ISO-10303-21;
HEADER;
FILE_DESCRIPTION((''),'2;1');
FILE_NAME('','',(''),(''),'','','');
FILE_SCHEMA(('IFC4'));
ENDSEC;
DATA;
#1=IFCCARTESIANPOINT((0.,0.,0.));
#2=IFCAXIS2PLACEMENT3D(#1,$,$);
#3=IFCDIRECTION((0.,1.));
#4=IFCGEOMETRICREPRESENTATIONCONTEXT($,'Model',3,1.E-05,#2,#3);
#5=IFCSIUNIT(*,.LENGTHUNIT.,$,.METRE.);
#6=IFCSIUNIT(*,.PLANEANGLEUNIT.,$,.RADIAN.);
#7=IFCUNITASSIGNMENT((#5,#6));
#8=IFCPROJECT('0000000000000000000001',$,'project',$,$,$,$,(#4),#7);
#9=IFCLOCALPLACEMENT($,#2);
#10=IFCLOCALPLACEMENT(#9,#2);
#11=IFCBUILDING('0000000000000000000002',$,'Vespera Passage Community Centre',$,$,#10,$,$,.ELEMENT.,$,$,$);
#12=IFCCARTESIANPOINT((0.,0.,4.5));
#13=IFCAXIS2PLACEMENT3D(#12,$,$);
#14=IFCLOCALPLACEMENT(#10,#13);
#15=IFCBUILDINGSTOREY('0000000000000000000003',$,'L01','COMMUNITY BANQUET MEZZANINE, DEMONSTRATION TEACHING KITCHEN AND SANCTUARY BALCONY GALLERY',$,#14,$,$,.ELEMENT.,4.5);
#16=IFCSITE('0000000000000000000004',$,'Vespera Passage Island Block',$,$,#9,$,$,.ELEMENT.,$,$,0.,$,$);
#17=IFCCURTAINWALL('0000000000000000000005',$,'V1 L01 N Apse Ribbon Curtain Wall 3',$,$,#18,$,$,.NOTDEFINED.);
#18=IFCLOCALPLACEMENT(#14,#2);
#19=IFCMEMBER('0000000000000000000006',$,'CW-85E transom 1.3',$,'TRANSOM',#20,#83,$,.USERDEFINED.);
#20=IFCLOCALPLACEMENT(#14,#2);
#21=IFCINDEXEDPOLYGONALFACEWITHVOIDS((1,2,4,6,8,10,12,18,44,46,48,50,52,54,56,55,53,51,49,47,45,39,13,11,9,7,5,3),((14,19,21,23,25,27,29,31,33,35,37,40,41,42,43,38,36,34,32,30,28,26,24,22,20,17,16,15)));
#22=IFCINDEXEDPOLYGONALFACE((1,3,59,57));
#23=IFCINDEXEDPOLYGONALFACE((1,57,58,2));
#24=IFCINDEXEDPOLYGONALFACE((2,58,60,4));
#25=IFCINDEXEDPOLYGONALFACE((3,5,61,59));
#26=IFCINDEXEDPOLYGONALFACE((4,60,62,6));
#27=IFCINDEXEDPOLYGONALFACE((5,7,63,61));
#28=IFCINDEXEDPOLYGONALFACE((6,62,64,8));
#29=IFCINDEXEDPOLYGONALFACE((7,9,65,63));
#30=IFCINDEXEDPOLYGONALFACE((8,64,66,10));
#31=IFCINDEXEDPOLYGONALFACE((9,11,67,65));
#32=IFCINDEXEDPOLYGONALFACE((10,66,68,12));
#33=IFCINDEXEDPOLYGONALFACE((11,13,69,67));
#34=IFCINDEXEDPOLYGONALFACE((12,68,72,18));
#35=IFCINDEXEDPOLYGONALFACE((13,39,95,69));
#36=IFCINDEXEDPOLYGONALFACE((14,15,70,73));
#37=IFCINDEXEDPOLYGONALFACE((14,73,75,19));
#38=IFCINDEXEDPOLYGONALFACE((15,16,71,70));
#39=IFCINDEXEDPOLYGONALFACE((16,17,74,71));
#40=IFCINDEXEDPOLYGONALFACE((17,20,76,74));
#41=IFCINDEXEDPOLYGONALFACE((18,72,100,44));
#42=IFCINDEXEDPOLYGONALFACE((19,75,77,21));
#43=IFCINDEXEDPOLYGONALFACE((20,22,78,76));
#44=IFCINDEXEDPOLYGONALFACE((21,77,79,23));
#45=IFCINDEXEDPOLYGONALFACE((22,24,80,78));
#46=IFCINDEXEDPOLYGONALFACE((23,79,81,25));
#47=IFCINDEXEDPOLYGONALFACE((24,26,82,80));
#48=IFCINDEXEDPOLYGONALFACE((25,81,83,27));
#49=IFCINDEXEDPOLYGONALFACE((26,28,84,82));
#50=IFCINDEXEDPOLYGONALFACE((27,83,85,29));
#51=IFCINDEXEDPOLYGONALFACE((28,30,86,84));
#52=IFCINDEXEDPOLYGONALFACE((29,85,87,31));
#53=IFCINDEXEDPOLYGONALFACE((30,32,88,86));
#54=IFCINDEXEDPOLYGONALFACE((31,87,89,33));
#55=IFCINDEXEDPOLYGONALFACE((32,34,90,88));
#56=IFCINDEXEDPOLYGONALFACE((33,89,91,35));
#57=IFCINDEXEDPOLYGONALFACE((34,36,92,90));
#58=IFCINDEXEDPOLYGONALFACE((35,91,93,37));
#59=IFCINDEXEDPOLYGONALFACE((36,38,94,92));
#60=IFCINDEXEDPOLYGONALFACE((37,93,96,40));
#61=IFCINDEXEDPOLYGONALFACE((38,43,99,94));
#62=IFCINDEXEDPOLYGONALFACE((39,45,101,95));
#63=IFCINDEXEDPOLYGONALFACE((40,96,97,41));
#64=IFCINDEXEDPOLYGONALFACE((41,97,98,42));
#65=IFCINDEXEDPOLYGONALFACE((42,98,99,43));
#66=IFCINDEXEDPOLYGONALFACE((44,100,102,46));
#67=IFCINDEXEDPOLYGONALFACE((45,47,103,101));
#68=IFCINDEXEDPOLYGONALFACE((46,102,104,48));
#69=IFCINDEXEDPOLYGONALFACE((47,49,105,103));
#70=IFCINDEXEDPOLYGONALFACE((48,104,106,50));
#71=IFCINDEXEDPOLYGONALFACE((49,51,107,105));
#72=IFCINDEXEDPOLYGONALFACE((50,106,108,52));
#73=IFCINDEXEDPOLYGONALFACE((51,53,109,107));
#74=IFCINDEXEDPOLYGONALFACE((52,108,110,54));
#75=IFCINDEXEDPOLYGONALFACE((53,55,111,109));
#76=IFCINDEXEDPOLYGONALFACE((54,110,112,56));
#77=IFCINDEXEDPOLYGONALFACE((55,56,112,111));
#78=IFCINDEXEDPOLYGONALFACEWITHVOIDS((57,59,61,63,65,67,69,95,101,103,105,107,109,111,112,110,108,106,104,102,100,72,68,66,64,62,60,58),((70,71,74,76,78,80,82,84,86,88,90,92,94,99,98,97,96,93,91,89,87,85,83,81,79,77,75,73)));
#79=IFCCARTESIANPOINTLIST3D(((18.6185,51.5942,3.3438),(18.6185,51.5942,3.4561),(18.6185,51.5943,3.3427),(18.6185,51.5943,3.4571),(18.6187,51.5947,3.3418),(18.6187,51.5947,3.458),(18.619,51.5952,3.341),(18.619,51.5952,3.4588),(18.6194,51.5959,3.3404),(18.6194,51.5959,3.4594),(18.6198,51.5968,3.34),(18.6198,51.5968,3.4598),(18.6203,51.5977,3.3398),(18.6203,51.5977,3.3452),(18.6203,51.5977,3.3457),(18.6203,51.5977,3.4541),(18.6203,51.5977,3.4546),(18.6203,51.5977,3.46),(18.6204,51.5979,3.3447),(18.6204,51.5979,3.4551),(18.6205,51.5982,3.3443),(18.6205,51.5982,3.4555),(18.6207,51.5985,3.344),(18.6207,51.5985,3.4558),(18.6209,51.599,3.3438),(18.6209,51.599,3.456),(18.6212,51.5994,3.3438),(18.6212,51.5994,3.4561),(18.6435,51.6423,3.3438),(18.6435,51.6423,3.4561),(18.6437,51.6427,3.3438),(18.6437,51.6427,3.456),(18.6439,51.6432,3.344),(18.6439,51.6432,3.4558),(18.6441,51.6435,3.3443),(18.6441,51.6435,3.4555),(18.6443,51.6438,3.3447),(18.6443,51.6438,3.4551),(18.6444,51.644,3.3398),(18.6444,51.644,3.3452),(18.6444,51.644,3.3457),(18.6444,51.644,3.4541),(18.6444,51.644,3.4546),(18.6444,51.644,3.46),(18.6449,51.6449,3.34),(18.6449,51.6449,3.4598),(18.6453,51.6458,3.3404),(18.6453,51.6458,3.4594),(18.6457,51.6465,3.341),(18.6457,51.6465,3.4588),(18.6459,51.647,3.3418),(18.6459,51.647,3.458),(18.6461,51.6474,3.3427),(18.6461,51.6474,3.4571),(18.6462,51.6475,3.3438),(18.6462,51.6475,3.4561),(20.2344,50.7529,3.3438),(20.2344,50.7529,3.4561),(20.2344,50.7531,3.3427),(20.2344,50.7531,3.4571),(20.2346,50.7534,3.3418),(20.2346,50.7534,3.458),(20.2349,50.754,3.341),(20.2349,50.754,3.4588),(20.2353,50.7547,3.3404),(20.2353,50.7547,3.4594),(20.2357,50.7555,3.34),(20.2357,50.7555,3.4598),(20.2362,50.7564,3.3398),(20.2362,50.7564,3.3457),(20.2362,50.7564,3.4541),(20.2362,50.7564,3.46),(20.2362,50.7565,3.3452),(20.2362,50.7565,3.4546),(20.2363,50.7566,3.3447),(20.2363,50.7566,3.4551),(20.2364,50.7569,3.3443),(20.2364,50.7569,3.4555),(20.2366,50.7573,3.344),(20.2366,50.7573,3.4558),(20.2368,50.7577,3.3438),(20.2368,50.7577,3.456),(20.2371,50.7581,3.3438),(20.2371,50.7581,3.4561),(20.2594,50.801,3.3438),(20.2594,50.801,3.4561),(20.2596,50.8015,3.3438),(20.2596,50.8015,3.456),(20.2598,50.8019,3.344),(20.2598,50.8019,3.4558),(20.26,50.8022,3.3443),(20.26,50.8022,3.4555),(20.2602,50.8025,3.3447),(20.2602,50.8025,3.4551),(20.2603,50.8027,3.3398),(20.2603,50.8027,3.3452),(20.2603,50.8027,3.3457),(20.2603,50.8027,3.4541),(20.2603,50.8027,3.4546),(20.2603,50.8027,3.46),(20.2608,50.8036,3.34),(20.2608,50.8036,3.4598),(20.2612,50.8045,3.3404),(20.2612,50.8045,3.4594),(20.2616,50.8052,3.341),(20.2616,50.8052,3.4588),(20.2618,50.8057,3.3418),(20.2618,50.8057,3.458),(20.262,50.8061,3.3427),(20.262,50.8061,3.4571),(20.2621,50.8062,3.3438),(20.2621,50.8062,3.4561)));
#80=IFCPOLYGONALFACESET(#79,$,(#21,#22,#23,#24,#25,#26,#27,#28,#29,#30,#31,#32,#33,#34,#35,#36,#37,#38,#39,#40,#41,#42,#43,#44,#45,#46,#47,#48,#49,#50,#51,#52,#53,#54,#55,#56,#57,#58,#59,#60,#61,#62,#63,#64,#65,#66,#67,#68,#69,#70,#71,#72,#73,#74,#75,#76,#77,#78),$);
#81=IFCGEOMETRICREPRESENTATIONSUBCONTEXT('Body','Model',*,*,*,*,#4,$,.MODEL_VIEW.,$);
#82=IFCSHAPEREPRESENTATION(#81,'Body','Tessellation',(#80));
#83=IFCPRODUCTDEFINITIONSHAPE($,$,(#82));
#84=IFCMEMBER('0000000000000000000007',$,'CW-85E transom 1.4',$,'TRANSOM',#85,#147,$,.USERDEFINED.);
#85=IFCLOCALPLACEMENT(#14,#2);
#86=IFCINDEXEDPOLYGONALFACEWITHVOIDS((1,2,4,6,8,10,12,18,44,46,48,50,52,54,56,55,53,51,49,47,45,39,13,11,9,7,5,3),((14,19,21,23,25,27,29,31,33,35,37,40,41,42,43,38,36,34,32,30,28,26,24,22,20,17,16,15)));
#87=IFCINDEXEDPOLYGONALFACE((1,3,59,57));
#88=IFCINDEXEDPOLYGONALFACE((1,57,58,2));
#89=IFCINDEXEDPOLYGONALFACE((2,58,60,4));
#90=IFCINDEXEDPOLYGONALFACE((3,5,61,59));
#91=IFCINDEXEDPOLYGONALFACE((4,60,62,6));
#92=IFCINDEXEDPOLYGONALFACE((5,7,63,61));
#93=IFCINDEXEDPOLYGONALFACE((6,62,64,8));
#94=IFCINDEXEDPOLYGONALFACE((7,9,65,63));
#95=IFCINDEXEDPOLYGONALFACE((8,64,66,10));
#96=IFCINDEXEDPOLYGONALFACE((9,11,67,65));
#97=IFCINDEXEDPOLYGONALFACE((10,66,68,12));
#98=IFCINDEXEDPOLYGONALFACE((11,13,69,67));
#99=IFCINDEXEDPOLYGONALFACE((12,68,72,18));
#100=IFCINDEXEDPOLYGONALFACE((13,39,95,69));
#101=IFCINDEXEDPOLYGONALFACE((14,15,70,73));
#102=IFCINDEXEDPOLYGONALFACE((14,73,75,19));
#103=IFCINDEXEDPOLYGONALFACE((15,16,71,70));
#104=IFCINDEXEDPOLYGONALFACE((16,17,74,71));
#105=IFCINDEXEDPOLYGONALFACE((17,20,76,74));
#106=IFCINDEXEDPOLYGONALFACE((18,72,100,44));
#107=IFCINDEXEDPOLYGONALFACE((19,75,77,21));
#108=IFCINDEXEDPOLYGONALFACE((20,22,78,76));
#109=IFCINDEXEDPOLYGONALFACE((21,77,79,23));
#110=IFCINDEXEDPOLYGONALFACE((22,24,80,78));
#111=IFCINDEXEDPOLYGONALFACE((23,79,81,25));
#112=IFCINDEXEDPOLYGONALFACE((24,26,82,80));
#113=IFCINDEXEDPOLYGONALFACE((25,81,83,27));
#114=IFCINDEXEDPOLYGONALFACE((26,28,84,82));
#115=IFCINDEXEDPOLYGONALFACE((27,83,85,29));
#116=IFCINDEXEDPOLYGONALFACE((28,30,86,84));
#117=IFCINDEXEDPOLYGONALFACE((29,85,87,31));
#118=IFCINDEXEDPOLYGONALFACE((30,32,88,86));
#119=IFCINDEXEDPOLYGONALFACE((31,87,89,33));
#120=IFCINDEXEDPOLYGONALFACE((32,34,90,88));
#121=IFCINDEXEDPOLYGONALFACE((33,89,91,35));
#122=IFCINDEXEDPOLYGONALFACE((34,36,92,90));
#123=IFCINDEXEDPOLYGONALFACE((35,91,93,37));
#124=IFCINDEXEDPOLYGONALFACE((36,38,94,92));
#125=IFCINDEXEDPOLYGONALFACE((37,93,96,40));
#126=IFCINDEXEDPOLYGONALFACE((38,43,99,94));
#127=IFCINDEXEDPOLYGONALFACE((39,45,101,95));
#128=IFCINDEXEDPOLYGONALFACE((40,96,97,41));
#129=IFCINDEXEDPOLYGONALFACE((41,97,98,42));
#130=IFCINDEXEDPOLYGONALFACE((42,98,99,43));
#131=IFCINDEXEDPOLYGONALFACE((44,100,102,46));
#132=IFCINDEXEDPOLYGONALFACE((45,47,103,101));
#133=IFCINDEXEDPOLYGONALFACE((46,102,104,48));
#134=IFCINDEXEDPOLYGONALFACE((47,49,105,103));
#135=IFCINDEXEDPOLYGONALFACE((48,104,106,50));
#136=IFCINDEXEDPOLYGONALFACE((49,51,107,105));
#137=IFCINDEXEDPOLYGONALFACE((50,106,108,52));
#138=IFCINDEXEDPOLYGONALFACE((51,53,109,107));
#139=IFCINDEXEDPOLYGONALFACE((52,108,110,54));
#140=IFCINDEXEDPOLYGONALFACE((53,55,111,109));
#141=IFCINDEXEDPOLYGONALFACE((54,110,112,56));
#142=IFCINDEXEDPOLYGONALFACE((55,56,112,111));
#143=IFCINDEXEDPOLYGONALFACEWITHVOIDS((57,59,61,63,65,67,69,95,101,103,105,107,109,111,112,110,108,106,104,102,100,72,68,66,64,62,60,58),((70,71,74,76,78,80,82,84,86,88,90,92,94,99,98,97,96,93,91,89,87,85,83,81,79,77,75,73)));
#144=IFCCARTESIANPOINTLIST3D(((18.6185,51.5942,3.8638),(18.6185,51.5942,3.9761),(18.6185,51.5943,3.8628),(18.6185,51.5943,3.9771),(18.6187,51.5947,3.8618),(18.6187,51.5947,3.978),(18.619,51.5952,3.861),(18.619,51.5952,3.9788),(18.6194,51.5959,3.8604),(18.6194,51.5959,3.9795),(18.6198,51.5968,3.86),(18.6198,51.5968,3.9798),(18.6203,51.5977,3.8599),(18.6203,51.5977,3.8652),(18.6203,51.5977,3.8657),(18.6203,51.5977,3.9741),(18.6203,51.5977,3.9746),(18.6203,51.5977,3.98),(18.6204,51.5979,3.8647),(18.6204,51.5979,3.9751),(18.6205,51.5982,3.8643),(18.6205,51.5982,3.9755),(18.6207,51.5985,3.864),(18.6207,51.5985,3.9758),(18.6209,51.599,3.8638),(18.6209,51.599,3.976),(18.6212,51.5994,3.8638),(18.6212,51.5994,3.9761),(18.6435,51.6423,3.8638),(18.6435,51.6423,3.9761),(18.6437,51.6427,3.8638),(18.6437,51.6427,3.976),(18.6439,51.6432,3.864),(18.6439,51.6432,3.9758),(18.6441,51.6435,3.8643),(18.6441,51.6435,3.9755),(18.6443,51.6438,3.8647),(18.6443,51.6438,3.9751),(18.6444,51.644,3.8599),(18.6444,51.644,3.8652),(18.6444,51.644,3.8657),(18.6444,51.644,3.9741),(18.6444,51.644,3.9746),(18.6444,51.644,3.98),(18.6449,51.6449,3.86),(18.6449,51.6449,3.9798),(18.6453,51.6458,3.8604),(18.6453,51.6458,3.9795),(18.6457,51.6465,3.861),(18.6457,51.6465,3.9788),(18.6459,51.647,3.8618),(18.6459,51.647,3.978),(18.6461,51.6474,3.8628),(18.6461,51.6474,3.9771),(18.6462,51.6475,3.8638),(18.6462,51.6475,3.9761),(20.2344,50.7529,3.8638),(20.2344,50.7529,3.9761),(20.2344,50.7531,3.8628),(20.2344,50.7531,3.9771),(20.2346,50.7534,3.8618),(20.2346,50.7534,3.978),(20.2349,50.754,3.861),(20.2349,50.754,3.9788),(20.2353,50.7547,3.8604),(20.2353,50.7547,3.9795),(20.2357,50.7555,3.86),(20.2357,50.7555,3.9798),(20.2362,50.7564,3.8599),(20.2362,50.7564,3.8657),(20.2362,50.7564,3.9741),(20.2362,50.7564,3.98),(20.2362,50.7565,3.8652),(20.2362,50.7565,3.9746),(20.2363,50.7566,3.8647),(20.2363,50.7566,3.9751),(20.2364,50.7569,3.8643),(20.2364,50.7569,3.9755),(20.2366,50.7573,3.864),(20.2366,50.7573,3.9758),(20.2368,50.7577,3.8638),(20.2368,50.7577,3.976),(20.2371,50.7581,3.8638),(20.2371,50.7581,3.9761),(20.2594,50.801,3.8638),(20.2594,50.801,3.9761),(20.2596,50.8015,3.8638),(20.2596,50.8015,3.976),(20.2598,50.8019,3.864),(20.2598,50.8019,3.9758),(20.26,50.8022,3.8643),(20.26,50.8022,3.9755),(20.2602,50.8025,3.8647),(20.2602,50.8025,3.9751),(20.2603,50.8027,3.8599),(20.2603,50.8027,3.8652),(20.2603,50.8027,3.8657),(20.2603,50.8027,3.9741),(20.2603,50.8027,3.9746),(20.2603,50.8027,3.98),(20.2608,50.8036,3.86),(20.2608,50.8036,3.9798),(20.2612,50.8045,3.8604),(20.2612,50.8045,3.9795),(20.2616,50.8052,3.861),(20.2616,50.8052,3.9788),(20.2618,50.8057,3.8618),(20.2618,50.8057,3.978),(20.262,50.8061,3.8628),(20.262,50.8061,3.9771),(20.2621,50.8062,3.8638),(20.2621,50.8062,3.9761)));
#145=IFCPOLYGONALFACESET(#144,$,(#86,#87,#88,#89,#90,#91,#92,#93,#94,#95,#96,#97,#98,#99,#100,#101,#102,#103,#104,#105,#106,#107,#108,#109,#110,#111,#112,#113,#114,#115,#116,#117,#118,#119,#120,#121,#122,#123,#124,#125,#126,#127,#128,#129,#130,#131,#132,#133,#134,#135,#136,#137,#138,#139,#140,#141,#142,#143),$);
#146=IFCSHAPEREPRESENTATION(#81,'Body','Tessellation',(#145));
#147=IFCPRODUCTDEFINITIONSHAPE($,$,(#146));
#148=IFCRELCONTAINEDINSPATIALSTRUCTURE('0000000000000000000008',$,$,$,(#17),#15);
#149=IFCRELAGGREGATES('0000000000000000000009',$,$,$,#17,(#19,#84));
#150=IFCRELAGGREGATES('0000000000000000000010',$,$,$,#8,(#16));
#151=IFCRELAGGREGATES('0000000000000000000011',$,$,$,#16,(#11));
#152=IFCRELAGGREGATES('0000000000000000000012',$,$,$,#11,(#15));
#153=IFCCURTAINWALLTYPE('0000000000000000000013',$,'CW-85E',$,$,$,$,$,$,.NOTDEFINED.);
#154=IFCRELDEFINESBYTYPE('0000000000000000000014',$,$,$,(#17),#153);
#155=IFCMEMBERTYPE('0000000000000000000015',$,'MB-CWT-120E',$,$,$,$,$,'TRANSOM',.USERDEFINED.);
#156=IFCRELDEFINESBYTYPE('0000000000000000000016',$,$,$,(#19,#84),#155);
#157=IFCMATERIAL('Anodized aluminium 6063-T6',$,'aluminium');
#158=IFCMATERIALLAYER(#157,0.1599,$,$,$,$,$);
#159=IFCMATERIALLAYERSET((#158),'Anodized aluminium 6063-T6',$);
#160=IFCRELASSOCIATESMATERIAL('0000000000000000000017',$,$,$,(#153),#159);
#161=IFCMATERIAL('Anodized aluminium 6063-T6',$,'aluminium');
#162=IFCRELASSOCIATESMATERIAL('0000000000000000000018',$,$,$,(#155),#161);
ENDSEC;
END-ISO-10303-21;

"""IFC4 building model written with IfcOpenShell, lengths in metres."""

from ifc_helpers import new_model, si_unit, direction, frame, origin, origin_2d, place, context, subcontext, project, spatial, hollow_rectangle, extrude, material, layer, layer_set, material_profile, profile_set, type_object, element, aggregate, save


model = new_model("IFC4")

# Units and contexts
model_context = context("Model", 3, precision=1e-05, world=origin(), true_north=direction((0.0, 1.0)))
body_context = subcontext(model_context, "Body", "Model", "MODEL_VIEW")
ifc_project = project(units=[si_unit("LENGTHUNIT", "METRE"), si_unit("PLANEANGLEUNIT", "RADIAN")], contexts=[model_context])

# Site, building, storey
site_placement = place(None, origin())
site = spatial("IfcSite", under=ifc_project, at=site_placement, Name="Vespera Passage Island Block", CompositionType="ELEMENT", RefElevation=0.0)
building_placement = place(site_placement, origin())
building = spatial("IfcBuilding", under=site, at=building_placement, Name="Vespera Passage Community Centre", CompositionType="ELEMENT")
storey_placement = place(building_placement, frame((0.0, 0.0, 4.5)))
storey = spatial("IfcBuildingStorey", under=building, at=storey_placement, Name="L01", Description="COMMUNITY BANQUET MEZZANINE, DEMONSTRATION TEACHING KITCHEN AND SANCTUARY BALCONY GALLERY", CompositionType="ELEMENT", Elevation=4.5)

# Shared definitions
ifc_material_1 = material(Name="Anodized aluminium 6063-T6", Category="aluminium")
ifc_layer_1 = layer(ifc_material_1, 0.1599)
ifc_layer_set_1 = layer_set([ifc_layer_1], Name="Anodized aluminium 6063-T6")
curtain_wall_type = type_object("IfcCurtainWallType", Name="CW-85E", PredefinedType="NOTDEFINED", material=ifc_layer_set_1)

# Curtain wall, members
curtain_wall_1_placement = place(storey_placement, origin())
curtain_wall_1 = element("IfcCurtainWall", 1, at=curtain_wall_1_placement, inside=storey, type_object=curtain_wall_type, Name="V1 L01 N Apse Ribbon Curtain Wall 3", PredefinedType="NOTDEFINED")
ifc_material_2 = material(Name="Anodized aluminium 6063-T6", Category="aluminium")
ifc_material_profile_1 = material_profile(ifc_material_2, hollow_rectangle(XDim=0.0601, YDim=0.1201, WallThickness=0.0039, InnerFilletRadius=0.002, OuterFilletRadius=0.0039, at=origin_2d()), Name="ALU120X60X4")
ifc_profile_set_1 = profile_set([ifc_material_profile_1], Name="Anodized aluminium 6063-T6")
member_type_1 = type_object("IfcMemberType", Name="MB-CWT-120E", ElementType="TRANSOM", PredefinedType="USERDEFINED", material=ifc_profile_set_1)
member_1_placement = place(storey_placement, frame((18.6323, 51.6208, 3.3999), z_axis=(0.886991, -0.461787, 0.0), x_axis=(0.461787, 0.886991, 0.0)))
member_1 = element("IfcMember", 2, at=member_1_placement, type_object=member_type_1, Name="CW-85E transom 1.3", ObjectType="TRANSOM", PredefinedType="USERDEFINED", context=body_context, shape_type="SweptSolid", body=[
    extrude(hollow_rectangle(XDim=0.0601, YDim=0.1201, WallThickness=0.0039, InnerFilletRadius=0.002, OuterFilletRadius=0.0039, at=origin_2d()), origin(), (0.0, 0.0, 1.0), 1.8218),
])
member_2_placement = place(storey_placement, frame((18.6323, 51.6208, 3.9199), z_axis=(0.886991, -0.461787, 0.0), x_axis=(0.461787, 0.886991, 0.0)))
member_2 = element("IfcMember", 3, at=member_2_placement, type_object=member_type_1, Name="CW-85E transom 1.4", ObjectType="TRANSOM", PredefinedType="USERDEFINED", context=body_context, shape_type="SweptSolid", body=[
    extrude(hollow_rectangle(XDim=0.0601, YDim=0.1201, WallThickness=0.0039, InnerFilletRadius=0.002, OuterFilletRadius=0.0039, at=origin_2d()), origin(), (0.0, 0.0, 1.0), 1.8218),
])

aggregate(curtain_wall_1, [member_1, member_2])

save(model, "model.ifc")
